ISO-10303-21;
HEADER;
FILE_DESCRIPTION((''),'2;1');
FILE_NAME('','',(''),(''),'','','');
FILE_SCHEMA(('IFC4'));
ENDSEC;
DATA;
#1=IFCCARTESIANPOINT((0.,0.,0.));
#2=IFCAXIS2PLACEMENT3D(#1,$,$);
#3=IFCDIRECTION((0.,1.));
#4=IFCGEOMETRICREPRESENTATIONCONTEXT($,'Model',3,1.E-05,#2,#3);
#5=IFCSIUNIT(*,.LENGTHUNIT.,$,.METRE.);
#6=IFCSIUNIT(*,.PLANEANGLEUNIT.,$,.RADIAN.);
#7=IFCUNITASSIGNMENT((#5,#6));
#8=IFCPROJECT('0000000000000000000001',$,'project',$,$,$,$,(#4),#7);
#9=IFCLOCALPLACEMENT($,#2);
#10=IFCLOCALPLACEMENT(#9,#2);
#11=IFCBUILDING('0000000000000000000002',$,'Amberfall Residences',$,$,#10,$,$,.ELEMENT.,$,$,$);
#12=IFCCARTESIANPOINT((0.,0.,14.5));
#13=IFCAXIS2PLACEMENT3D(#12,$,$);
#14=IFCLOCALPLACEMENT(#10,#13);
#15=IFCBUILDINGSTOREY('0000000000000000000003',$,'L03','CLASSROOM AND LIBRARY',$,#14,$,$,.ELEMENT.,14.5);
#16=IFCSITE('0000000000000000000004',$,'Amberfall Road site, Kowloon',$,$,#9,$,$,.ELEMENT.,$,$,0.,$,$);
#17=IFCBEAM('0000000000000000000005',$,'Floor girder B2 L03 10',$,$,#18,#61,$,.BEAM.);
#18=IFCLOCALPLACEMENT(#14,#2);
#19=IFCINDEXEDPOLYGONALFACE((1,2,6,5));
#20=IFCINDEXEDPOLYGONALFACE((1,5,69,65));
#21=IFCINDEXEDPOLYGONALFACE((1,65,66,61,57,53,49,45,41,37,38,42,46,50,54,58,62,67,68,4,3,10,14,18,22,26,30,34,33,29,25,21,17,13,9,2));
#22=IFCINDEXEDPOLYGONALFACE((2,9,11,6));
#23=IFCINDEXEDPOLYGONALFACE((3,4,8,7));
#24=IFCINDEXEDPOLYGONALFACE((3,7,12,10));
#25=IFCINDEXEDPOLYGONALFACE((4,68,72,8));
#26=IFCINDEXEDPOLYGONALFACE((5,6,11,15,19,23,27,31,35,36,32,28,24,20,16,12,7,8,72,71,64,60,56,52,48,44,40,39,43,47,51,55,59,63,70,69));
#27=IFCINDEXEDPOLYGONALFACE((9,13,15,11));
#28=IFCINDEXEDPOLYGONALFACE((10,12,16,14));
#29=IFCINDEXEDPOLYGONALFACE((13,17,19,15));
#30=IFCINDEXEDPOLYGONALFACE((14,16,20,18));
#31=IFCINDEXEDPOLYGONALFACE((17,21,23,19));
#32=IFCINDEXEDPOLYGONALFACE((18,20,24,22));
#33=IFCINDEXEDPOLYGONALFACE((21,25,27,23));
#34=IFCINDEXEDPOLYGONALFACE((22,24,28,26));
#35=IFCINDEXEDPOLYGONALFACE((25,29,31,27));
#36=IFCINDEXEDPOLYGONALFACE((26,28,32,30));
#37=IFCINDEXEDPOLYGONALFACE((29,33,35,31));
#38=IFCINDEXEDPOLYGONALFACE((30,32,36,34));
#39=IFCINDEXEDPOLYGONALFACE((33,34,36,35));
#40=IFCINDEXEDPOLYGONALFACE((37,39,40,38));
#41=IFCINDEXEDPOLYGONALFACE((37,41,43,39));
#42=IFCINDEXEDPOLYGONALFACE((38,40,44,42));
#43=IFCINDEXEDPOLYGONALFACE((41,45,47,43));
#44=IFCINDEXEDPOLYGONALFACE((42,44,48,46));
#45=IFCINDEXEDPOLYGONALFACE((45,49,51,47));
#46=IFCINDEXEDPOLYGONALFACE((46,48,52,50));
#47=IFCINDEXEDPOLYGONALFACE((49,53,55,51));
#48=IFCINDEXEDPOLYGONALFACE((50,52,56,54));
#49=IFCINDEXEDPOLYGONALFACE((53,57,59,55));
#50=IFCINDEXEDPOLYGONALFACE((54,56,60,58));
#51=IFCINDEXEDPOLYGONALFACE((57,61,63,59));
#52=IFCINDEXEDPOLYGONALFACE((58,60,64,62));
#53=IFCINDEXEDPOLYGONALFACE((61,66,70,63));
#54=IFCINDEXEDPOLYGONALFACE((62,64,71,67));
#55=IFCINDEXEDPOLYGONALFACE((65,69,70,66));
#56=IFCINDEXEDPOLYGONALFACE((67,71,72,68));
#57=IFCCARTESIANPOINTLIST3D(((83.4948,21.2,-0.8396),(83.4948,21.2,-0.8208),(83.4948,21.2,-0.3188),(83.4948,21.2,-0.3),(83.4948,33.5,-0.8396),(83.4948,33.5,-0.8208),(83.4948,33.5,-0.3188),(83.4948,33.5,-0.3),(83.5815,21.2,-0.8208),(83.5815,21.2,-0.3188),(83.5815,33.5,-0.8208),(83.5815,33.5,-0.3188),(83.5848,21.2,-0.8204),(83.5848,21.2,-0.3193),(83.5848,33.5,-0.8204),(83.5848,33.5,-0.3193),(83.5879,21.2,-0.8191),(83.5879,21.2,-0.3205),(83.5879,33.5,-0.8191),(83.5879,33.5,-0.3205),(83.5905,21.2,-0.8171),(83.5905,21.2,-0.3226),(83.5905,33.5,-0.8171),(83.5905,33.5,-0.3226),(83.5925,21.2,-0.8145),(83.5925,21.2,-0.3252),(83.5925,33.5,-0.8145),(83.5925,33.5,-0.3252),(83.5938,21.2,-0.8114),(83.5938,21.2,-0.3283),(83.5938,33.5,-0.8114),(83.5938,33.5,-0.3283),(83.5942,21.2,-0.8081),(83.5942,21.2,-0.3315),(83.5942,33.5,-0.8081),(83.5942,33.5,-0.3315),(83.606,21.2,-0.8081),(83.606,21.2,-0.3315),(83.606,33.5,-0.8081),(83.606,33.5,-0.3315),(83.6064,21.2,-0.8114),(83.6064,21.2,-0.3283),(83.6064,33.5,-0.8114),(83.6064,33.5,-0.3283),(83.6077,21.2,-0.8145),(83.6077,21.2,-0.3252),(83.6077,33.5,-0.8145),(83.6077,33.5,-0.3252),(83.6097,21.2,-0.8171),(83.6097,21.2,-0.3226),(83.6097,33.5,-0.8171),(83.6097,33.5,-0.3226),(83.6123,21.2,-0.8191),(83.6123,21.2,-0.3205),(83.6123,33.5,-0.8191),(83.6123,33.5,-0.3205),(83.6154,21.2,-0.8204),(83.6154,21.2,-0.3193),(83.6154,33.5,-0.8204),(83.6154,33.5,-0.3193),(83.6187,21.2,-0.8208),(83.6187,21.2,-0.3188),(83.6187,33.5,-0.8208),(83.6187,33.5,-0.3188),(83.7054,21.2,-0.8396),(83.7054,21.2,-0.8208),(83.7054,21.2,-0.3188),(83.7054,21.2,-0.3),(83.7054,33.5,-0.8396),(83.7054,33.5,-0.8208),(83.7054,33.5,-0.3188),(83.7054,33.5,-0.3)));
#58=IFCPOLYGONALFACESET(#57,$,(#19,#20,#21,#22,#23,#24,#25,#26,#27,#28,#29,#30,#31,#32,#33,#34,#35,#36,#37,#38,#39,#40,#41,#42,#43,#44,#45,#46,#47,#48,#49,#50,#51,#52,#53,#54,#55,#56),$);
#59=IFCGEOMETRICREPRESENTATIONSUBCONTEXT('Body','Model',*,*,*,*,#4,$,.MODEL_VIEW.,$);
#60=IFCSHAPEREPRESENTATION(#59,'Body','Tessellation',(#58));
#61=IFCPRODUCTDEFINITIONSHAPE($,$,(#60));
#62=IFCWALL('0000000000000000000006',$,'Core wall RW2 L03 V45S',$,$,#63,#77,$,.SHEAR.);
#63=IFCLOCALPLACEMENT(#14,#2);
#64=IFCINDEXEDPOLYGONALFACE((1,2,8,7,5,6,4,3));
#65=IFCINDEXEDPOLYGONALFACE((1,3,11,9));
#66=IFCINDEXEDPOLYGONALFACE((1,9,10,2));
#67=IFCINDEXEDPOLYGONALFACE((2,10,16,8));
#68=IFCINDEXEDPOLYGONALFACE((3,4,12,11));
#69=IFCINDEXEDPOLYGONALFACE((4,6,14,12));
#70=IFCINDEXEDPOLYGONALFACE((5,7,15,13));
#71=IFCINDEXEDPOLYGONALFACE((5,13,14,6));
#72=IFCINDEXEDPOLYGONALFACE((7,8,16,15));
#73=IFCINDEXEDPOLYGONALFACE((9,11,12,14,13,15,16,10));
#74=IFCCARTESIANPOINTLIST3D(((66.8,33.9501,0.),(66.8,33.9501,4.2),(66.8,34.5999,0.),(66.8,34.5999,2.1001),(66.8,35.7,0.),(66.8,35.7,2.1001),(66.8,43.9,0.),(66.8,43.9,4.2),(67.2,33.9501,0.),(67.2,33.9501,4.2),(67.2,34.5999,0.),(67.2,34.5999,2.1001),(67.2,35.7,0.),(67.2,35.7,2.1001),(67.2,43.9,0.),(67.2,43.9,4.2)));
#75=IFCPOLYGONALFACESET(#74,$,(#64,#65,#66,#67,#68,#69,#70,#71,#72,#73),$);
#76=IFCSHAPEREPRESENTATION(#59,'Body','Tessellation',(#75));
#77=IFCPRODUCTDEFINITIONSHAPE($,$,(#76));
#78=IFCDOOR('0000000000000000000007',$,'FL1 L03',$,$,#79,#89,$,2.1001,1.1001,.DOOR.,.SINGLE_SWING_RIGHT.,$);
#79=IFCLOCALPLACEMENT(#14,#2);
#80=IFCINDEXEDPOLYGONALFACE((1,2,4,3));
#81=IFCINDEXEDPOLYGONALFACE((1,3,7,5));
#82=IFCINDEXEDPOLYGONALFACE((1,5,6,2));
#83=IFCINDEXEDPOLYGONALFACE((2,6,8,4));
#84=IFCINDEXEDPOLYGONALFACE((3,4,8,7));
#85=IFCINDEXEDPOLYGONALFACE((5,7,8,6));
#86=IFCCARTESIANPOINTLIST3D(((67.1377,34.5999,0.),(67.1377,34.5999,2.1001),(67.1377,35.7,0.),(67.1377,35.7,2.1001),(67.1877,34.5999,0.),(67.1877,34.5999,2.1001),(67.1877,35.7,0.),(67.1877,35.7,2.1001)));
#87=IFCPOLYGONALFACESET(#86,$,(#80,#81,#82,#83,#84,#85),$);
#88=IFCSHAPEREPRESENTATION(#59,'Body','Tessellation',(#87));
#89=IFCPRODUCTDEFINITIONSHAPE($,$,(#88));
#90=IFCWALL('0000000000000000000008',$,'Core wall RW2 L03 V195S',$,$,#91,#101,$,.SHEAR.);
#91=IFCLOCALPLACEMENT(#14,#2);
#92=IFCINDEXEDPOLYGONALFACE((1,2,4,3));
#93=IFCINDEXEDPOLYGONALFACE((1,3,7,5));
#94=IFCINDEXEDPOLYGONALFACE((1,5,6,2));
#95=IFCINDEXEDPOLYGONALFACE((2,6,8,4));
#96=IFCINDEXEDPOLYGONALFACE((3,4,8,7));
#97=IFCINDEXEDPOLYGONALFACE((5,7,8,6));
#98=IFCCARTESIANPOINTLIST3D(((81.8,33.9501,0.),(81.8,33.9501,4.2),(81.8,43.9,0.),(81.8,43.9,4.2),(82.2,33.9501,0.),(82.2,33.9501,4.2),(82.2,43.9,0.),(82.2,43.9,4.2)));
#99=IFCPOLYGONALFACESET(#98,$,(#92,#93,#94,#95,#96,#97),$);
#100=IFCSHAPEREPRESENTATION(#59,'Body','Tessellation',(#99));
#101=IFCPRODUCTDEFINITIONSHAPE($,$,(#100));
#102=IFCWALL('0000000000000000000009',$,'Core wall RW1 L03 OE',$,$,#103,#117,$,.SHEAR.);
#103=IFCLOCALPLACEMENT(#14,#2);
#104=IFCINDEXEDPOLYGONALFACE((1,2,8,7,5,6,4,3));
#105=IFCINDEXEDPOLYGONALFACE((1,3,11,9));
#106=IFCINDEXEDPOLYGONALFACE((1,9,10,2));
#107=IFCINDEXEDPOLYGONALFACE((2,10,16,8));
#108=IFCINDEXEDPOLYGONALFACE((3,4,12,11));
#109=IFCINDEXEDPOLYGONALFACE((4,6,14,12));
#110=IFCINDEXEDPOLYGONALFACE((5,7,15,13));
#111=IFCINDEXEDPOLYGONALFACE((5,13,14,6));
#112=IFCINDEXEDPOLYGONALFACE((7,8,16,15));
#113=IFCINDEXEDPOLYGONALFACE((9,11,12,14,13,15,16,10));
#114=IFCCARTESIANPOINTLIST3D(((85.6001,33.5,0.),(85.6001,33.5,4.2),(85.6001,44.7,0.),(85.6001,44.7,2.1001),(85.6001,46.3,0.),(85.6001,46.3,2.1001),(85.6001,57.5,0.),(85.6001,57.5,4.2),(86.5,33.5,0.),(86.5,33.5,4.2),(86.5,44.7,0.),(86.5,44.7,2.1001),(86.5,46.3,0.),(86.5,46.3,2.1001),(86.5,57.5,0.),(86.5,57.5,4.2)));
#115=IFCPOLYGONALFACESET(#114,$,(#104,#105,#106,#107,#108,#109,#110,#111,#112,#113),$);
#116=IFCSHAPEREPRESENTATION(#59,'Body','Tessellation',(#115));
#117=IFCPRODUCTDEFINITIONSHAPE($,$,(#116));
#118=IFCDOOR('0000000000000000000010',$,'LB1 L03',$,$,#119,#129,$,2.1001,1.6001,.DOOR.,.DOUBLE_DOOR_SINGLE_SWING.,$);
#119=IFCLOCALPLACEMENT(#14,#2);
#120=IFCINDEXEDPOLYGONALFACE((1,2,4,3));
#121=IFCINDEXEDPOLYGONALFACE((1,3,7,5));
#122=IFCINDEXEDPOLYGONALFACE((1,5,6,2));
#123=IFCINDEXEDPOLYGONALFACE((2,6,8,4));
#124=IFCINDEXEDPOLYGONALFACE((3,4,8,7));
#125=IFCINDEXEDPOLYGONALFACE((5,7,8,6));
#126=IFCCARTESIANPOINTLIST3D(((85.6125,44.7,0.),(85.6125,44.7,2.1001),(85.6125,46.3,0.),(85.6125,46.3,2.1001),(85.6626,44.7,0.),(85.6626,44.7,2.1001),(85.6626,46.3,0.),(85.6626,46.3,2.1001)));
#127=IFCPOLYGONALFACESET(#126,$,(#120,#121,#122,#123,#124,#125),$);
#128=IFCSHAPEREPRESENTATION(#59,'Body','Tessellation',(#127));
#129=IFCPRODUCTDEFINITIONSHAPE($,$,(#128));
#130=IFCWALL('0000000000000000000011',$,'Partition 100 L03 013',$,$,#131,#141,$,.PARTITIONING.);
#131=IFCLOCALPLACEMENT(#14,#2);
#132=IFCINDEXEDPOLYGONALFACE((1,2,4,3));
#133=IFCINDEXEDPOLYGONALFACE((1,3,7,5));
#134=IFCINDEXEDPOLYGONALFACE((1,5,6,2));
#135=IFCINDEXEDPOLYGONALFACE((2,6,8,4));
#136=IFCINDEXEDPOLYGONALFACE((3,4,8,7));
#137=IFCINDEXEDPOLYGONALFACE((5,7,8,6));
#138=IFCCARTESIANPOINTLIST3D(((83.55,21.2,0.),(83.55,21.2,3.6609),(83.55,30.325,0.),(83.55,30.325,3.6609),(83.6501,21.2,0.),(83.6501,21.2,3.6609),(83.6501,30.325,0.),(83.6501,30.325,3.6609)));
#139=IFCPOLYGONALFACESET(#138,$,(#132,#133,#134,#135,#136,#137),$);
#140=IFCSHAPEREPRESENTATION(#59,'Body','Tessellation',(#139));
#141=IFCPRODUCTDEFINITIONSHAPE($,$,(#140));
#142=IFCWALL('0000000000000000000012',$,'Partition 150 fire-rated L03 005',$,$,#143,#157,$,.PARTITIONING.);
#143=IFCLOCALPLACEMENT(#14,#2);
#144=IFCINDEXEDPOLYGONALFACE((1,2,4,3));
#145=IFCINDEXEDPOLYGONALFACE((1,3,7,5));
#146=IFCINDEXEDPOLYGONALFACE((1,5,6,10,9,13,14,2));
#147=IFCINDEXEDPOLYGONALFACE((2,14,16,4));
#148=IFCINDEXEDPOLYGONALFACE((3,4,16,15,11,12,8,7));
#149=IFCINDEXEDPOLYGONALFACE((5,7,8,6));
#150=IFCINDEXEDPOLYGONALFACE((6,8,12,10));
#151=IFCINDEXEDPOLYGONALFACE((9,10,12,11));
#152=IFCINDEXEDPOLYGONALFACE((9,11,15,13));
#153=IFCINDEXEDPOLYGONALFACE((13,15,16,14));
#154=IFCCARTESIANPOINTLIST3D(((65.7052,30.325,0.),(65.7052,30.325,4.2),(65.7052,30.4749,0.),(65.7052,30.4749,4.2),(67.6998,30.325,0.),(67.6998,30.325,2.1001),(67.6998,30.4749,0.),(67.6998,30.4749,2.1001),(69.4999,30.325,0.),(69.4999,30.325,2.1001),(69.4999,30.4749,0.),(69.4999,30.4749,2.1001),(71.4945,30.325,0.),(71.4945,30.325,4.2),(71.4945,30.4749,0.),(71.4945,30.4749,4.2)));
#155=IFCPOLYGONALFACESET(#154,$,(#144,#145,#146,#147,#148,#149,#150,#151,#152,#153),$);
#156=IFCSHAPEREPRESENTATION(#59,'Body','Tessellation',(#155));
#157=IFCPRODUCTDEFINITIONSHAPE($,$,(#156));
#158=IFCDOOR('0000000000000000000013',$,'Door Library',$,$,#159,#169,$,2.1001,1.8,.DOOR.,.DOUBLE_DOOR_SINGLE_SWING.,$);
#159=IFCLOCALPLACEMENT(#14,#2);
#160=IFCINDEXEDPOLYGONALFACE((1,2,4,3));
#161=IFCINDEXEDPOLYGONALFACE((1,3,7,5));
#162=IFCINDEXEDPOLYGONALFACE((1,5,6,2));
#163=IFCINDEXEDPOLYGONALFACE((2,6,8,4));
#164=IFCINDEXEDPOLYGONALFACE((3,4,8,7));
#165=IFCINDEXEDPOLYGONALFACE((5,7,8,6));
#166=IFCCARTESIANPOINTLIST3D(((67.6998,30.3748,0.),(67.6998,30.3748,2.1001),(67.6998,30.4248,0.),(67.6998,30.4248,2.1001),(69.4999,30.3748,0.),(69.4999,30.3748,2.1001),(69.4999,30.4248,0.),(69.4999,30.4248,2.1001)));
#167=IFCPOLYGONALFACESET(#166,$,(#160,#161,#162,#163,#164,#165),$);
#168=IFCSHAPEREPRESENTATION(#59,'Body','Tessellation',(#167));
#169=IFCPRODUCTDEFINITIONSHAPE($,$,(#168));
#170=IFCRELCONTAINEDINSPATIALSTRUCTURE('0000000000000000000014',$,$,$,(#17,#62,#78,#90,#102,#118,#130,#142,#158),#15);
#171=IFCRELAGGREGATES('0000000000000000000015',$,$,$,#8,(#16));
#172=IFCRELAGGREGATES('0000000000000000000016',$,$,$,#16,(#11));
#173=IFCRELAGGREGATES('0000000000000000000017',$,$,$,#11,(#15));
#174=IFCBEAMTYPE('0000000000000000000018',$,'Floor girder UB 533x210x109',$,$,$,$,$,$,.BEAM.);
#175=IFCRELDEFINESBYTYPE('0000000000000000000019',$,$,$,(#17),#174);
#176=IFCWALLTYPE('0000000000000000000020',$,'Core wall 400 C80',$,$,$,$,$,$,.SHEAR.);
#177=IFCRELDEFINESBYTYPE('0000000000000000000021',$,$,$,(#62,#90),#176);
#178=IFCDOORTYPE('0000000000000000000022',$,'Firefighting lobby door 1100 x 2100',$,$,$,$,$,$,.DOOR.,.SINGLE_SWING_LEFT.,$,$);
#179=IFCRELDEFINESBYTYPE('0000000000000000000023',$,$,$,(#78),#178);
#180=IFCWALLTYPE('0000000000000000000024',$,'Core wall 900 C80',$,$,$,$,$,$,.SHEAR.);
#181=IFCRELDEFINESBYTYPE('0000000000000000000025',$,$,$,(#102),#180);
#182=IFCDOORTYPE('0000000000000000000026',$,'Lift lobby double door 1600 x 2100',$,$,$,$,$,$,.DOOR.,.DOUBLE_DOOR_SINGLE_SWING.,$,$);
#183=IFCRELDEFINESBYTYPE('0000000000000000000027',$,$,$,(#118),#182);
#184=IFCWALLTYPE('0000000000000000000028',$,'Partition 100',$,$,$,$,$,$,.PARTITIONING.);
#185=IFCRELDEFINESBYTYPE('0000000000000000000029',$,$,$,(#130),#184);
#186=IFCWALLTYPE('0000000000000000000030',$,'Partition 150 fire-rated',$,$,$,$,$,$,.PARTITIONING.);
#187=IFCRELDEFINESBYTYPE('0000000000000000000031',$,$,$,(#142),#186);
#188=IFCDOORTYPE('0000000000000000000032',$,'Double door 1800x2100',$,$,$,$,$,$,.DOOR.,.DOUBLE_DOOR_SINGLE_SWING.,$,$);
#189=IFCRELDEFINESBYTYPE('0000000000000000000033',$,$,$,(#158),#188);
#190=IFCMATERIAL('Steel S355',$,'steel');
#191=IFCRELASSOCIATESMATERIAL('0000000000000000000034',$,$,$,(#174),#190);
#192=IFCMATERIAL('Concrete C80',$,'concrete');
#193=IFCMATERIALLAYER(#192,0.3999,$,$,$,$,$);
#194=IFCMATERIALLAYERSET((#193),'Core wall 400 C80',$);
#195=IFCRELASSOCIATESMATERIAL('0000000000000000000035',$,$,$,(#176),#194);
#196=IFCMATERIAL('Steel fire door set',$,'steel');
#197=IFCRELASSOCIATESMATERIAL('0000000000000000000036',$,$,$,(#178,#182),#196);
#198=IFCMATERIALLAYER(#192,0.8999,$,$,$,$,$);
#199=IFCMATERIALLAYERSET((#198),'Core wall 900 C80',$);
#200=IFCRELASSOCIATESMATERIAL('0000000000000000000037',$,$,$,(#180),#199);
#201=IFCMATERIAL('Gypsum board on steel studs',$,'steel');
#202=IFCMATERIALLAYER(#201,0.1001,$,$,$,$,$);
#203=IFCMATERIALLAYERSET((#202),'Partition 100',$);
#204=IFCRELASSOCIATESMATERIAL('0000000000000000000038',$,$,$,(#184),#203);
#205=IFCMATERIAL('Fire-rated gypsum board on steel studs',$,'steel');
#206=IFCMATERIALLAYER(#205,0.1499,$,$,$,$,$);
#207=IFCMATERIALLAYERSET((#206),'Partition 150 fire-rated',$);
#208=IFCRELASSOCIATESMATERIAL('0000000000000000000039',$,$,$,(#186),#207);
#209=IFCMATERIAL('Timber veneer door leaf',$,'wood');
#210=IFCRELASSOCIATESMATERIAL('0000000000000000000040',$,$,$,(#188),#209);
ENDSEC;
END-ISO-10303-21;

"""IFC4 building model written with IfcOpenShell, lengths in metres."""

from ifc_helpers import new_model, si_unit, direction, frame, frame_2d, origin, origin_2d, place, context, subcontext, project, spatial, rectangle, i_section, extrude, material, layer, layer_set, material_profile, profile_set, type_object, element, fill, save


model = new_model("IFC4")

# Units and contexts
model_context = context("Model", 3, precision=1e-05, world=origin(), true_north=direction((0.0, 1.0)))
body_context = subcontext(model_context, "Body", "Model", "MODEL_VIEW")
ifc_project = project(units=[si_unit("LENGTHUNIT", "METRE"), si_unit("PLANEANGLEUNIT", "RADIAN")], contexts=[model_context])

# Site, building, storey
site_placement = place(None, origin())
site = spatial("IfcSite", under=ifc_project, at=site_placement, Name="Amberfall Road site, Kowloon", CompositionType="ELEMENT", RefElevation=0.0)
building_placement = place(site_placement, origin())
building = spatial("IfcBuilding", under=site, at=building_placement, Name="Amberfall Residences", CompositionType="ELEMENT")
storey_placement = place(building_placement, frame((0.0, 0.0, 14.5)))
storey = spatial("IfcBuildingStorey", under=building, at=storey_placement, Name="L03", Description="CLASSROOM AND LIBRARY", CompositionType="ELEMENT", Elevation=14.5)

# Beam
ifc_material_1 = material(Name="Steel S355", Category="steel")
ifc_material_profile = material_profile(ifc_material_1, i_section(OverallWidth=0.2107, OverallDepth=0.5396, WebThickness=0.0117, FlangeThickness=0.0188, FilletRadius=0.0127, at=origin_2d()), Name="UB 533x210x109")
ifc_profile_set = profile_set([ifc_material_profile], Name="Steel S355")
beam_type = type_object("IfcBeamType", Name="Floor girder UB 533x210x109", PredefinedType="BEAM", material=ifc_profile_set)
beam_placement = place(storey_placement, frame((83.6001, 21.2, -0.5698), z_axis=(0.0, 1.0, 0.0), x_axis=(-1.0, 0.0, 0.0)))
element("IfcBeam", 1, at=beam_placement, inside=storey, type_object=beam_type, Name="Floor girder B2 L03 10", PredefinedType="BEAM", context=body_context, shape_type="SweptSolid", body=[
    extrude(i_section(OverallWidth=0.2107, OverallDepth=0.5396, WebThickness=0.0117, FlangeThickness=0.0188, FilletRadius=0.0127, at=origin_2d()), origin(), (0.0, 0.0, 1.0), 12.3),
])

# Wall, opening, door
ifc_material_2 = material(Name="Concrete C80", Category="concrete")
ifc_layer_1 = layer(ifc_material_2, 0.3999)
ifc_layer_set_1 = layer_set([ifc_layer_1], Name="Core wall 400 C80")
wall_type_1 = type_object("IfcWallType", Name="Core wall 400 C80", PredefinedType="SHEAR", material=ifc_layer_set_1)
wall_1_placement = place(storey_placement, frame((67.0, 33.95, 0.0), z_axis=(0.0, 0.0, 1.0), x_axis=(0.0, 1.0, 0.0)))
wall_1 = element("IfcWall", 2, at=wall_1_placement, inside=storey, type_object=wall_type_1, Name="Core wall RW2 L03 V45S", PredefinedType="SHEAR", context=body_context, shape_type="SweptSolid", body=[
    extrude(rectangle(XDim=9.95, YDim=0.3999, at=frame_2d((4.9751, 0.0))), origin(), (0.0, 0.0, 1.0), 4.2),
])
opening_1_placement = place(wall_1_placement, frame((0.6499, 0.0, 0.0)))
opening_1 = element("IfcOpeningElement", 3, at=opening_1_placement, cuts=wall_1, PredefinedType="OPENING", context=body_context, shape_type="SweptSolid", body=[
    extrude(rectangle(XDim=1.1001, YDim=2.1001, at=frame_2d((0.55, 1.05))), frame((0.0, 0.21, 0.0), z_axis=(0.0, -1.0, 0.0), x_axis=(1.0, 0.0, 0.0)), (0.0, 0.0, 1.0), 0.4199),
])
ifc_material_3 = material(Name="Steel fire door set", Category="steel")
door_type_1 = type_object("IfcDoorType", Name="Firefighting lobby door 1100 x 2100", OperationType="SINGLE_SWING_LEFT", PredefinedType="DOOR", material=ifc_material_3)
door_1_placement = place(opening_1_placement, origin())
door_1 = element("IfcDoor", 4, at=door_1_placement, inside=storey, type_object=door_type_1, Name="FL1 L03", OperationType="SINGLE_SWING_RIGHT", OverallHeight=2.1001, OverallWidth=1.1001, PredefinedType="DOOR", context=body_context, shape_type="SweptSolid", body=[
    extrude(rectangle(XDim=1.1001, YDim=2.1001, at=frame_2d((0.55, 1.05))), frame((0.0, -0.1377, 0.0), z_axis=(0.0, -1.0, 0.0), x_axis=(1.0, 0.0, 0.0)), (0.0, 0.0, 1.0), 0.05),
])
fill(opening_1, door_1)

# Wall
wall_2_placement = place(storey_placement, frame((82.0, 33.95, 0.0), z_axis=(0.0, 0.0, 1.0), x_axis=(0.0, 1.0, 0.0)))
element("IfcWall", 5, at=wall_2_placement, inside=storey, type_object=wall_type_1, Name="Core wall RW2 L03 V195S", PredefinedType="SHEAR", context=body_context, shape_type="SweptSolid", body=[
    extrude(rectangle(XDim=9.95, YDim=0.3999, at=frame_2d((4.9751, 0.0))), origin(), (0.0, 0.0, 1.0), 4.2),
])

# Wall, opening, door
ifc_layer_2 = layer(ifc_material_2, 0.8999)
ifc_layer_set_2 = layer_set([ifc_layer_2], Name="Core wall 900 C80")
wall_type_2 = type_object("IfcWallType", Name="Core wall 900 C80", PredefinedType="SHEAR", material=ifc_layer_set_2)
wall_3_placement = place(storey_placement, frame((86.05, 33.5, 0.0), z_axis=(0.0, 0.0, 1.0), x_axis=(0.0, 1.0, 0.0)))
wall_3 = element("IfcWall", 6, at=wall_3_placement, inside=storey, type_object=wall_type_2, Name="Core wall RW1 L03 OE", PredefinedType="SHEAR", context=body_context, shape_type="SweptSolid", body=[
    extrude(rectangle(XDim=24.0, YDim=0.8999, at=frame_2d((12.0, 0.0))), origin(), (0.0, 0.0, 1.0), 4.2),
])
opening_2_placement = place(wall_3_placement, frame((11.2, 0.0, 0.0)))
opening_2 = element("IfcOpeningElement", 7, at=opening_2_placement, cuts=wall_3, PredefinedType="OPENING", context=body_context, shape_type="SweptSolid", body=[
    extrude(rectangle(XDim=1.6001, YDim=2.1001, at=frame_2d((0.8, 1.05))), frame((0.0, 0.46, 0.0), z_axis=(0.0, -1.0, 0.0), x_axis=(1.0, 0.0, 0.0)), (0.0, 0.0, 1.0), 0.9199),
])
door_type_2 = type_object("IfcDoorType", Name="Lift lobby double door 1600 x 2100", OperationType="DOUBLE_DOOR_SINGLE_SWING", PredefinedType="DOOR", material=ifc_material_3)
door_2_placement = place(opening_2_placement, origin())
door_2 = element("IfcDoor", 8, at=door_2_placement, inside=storey, type_object=door_type_2, Name="LB1 L03", OperationType="DOUBLE_DOOR_SINGLE_SWING", OverallHeight=2.1001, OverallWidth=1.6001, PredefinedType="DOOR", context=body_context, shape_type="SweptSolid", body=[
    extrude(rectangle(XDim=1.6001, YDim=2.1001, at=frame_2d((0.8, 1.05))), frame((0.0, 0.4375, 0.0), z_axis=(0.0, -1.0, 0.0), x_axis=(1.0, 0.0, 0.0)), (0.0, 0.0, 1.0), 0.05),
])
fill(opening_2, door_2)

# Wall
ifc_material_4 = material(Name="Gypsum board on steel studs", Category="steel")
ifc_layer_3 = layer(ifc_material_4, 0.1001)
ifc_layer_set_3 = layer_set([ifc_layer_3], Name="Partition 100")
wall_type_3 = type_object("IfcWallType", Name="Partition 100", PredefinedType="PARTITIONING", material=ifc_layer_set_3)
wall_4_placement = place(storey_placement, frame((83.6001, 21.2, 0.0), z_axis=(0.0, 0.0, 1.0), x_axis=(0.0, 1.0, 0.0)))
element("IfcWall", 9, at=wall_4_placement, inside=storey, type_object=wall_type_3, Name="Partition 100 L03 013", PredefinedType="PARTITIONING", context=body_context, shape_type="SweptSolid", body=[
    extrude(rectangle(XDim=9.125, YDim=0.1001, at=frame_2d((4.5625, 0.0))), origin(), (0.0, 0.0, 1.0), 3.6609),
])

# Wall, opening, door
ifc_material_5 = material(Name="Fire-rated gypsum board on steel studs", Category="steel")
ifc_layer_4 = layer(ifc_material_5, 0.1499)
ifc_layer_set_4 = layer_set([ifc_layer_4], Name="Partition 150 fire-rated")
wall_type_4 = type_object("IfcWallType", Name="Partition 150 fire-rated", PredefinedType="PARTITIONING", material=ifc_layer_set_4)
wall_5_placement = place(storey_placement, frame((65.7053, 30.3999, 0.0), z_axis=(0.0, 0.0, 1.0), x_axis=(1.0, 0.0, 0.0)))
wall_5 = element("IfcWall", 10, at=wall_5_placement, inside=storey, type_object=wall_type_4, Name="Partition 150 fire-rated L03 005", PredefinedType="PARTITIONING", context=body_context, shape_type="SweptSolid", body=[
    extrude(rectangle(XDim=5.7893, YDim=0.1499, at=frame_2d((2.8945, 0.0))), origin(), (0.0, 0.0, 1.0), 4.2),
])
opening_3_placement = place(wall_5_placement, frame((1.9946, 0.0, 0.0)))
opening_3 = element("IfcOpeningElement", 11, at=opening_3_placement, cuts=wall_5, PredefinedType="OPENING", context=body_context, shape_type="SweptSolid", body=[
    extrude(rectangle(XDim=1.8, YDim=2.1001, at=frame_2d((0.8999, 1.05))), frame((0.0, 0.085, 0.0), z_axis=(0.0, -1.0, 0.0), x_axis=(1.0, 0.0, 0.0)), (0.0, 0.0, 1.0), 0.1699),
])
ifc_material_6 = material(Name="Timber veneer door leaf", Category="wood")
door_type_3 = type_object("IfcDoorType", Name="Double door 1800x2100", OperationType="DOUBLE_DOOR_SINGLE_SWING", PredefinedType="DOOR", material=ifc_material_6)
door_3_placement = place(opening_3_placement, origin())
door_3 = element("IfcDoor", 12, at=door_3_placement, inside=storey, type_object=door_type_3, Name="Door Library", OperationType="DOUBLE_DOOR_SINGLE_SWING", OverallHeight=2.1001, OverallWidth=1.8, PredefinedType="DOOR", context=body_context, shape_type="SweptSolid", body=[
    extrude(rectangle(XDim=1.8, YDim=2.1001, at=frame_2d((0.8999, 1.05))), frame((0.0, 0.0249, 0.0), z_axis=(0.0, -1.0, 0.0), x_axis=(1.0, 0.0, 0.0)), (0.0, 0.0, 1.0), 0.05),
])
fill(opening_3, door_3)

save(model, "model.ifc")
